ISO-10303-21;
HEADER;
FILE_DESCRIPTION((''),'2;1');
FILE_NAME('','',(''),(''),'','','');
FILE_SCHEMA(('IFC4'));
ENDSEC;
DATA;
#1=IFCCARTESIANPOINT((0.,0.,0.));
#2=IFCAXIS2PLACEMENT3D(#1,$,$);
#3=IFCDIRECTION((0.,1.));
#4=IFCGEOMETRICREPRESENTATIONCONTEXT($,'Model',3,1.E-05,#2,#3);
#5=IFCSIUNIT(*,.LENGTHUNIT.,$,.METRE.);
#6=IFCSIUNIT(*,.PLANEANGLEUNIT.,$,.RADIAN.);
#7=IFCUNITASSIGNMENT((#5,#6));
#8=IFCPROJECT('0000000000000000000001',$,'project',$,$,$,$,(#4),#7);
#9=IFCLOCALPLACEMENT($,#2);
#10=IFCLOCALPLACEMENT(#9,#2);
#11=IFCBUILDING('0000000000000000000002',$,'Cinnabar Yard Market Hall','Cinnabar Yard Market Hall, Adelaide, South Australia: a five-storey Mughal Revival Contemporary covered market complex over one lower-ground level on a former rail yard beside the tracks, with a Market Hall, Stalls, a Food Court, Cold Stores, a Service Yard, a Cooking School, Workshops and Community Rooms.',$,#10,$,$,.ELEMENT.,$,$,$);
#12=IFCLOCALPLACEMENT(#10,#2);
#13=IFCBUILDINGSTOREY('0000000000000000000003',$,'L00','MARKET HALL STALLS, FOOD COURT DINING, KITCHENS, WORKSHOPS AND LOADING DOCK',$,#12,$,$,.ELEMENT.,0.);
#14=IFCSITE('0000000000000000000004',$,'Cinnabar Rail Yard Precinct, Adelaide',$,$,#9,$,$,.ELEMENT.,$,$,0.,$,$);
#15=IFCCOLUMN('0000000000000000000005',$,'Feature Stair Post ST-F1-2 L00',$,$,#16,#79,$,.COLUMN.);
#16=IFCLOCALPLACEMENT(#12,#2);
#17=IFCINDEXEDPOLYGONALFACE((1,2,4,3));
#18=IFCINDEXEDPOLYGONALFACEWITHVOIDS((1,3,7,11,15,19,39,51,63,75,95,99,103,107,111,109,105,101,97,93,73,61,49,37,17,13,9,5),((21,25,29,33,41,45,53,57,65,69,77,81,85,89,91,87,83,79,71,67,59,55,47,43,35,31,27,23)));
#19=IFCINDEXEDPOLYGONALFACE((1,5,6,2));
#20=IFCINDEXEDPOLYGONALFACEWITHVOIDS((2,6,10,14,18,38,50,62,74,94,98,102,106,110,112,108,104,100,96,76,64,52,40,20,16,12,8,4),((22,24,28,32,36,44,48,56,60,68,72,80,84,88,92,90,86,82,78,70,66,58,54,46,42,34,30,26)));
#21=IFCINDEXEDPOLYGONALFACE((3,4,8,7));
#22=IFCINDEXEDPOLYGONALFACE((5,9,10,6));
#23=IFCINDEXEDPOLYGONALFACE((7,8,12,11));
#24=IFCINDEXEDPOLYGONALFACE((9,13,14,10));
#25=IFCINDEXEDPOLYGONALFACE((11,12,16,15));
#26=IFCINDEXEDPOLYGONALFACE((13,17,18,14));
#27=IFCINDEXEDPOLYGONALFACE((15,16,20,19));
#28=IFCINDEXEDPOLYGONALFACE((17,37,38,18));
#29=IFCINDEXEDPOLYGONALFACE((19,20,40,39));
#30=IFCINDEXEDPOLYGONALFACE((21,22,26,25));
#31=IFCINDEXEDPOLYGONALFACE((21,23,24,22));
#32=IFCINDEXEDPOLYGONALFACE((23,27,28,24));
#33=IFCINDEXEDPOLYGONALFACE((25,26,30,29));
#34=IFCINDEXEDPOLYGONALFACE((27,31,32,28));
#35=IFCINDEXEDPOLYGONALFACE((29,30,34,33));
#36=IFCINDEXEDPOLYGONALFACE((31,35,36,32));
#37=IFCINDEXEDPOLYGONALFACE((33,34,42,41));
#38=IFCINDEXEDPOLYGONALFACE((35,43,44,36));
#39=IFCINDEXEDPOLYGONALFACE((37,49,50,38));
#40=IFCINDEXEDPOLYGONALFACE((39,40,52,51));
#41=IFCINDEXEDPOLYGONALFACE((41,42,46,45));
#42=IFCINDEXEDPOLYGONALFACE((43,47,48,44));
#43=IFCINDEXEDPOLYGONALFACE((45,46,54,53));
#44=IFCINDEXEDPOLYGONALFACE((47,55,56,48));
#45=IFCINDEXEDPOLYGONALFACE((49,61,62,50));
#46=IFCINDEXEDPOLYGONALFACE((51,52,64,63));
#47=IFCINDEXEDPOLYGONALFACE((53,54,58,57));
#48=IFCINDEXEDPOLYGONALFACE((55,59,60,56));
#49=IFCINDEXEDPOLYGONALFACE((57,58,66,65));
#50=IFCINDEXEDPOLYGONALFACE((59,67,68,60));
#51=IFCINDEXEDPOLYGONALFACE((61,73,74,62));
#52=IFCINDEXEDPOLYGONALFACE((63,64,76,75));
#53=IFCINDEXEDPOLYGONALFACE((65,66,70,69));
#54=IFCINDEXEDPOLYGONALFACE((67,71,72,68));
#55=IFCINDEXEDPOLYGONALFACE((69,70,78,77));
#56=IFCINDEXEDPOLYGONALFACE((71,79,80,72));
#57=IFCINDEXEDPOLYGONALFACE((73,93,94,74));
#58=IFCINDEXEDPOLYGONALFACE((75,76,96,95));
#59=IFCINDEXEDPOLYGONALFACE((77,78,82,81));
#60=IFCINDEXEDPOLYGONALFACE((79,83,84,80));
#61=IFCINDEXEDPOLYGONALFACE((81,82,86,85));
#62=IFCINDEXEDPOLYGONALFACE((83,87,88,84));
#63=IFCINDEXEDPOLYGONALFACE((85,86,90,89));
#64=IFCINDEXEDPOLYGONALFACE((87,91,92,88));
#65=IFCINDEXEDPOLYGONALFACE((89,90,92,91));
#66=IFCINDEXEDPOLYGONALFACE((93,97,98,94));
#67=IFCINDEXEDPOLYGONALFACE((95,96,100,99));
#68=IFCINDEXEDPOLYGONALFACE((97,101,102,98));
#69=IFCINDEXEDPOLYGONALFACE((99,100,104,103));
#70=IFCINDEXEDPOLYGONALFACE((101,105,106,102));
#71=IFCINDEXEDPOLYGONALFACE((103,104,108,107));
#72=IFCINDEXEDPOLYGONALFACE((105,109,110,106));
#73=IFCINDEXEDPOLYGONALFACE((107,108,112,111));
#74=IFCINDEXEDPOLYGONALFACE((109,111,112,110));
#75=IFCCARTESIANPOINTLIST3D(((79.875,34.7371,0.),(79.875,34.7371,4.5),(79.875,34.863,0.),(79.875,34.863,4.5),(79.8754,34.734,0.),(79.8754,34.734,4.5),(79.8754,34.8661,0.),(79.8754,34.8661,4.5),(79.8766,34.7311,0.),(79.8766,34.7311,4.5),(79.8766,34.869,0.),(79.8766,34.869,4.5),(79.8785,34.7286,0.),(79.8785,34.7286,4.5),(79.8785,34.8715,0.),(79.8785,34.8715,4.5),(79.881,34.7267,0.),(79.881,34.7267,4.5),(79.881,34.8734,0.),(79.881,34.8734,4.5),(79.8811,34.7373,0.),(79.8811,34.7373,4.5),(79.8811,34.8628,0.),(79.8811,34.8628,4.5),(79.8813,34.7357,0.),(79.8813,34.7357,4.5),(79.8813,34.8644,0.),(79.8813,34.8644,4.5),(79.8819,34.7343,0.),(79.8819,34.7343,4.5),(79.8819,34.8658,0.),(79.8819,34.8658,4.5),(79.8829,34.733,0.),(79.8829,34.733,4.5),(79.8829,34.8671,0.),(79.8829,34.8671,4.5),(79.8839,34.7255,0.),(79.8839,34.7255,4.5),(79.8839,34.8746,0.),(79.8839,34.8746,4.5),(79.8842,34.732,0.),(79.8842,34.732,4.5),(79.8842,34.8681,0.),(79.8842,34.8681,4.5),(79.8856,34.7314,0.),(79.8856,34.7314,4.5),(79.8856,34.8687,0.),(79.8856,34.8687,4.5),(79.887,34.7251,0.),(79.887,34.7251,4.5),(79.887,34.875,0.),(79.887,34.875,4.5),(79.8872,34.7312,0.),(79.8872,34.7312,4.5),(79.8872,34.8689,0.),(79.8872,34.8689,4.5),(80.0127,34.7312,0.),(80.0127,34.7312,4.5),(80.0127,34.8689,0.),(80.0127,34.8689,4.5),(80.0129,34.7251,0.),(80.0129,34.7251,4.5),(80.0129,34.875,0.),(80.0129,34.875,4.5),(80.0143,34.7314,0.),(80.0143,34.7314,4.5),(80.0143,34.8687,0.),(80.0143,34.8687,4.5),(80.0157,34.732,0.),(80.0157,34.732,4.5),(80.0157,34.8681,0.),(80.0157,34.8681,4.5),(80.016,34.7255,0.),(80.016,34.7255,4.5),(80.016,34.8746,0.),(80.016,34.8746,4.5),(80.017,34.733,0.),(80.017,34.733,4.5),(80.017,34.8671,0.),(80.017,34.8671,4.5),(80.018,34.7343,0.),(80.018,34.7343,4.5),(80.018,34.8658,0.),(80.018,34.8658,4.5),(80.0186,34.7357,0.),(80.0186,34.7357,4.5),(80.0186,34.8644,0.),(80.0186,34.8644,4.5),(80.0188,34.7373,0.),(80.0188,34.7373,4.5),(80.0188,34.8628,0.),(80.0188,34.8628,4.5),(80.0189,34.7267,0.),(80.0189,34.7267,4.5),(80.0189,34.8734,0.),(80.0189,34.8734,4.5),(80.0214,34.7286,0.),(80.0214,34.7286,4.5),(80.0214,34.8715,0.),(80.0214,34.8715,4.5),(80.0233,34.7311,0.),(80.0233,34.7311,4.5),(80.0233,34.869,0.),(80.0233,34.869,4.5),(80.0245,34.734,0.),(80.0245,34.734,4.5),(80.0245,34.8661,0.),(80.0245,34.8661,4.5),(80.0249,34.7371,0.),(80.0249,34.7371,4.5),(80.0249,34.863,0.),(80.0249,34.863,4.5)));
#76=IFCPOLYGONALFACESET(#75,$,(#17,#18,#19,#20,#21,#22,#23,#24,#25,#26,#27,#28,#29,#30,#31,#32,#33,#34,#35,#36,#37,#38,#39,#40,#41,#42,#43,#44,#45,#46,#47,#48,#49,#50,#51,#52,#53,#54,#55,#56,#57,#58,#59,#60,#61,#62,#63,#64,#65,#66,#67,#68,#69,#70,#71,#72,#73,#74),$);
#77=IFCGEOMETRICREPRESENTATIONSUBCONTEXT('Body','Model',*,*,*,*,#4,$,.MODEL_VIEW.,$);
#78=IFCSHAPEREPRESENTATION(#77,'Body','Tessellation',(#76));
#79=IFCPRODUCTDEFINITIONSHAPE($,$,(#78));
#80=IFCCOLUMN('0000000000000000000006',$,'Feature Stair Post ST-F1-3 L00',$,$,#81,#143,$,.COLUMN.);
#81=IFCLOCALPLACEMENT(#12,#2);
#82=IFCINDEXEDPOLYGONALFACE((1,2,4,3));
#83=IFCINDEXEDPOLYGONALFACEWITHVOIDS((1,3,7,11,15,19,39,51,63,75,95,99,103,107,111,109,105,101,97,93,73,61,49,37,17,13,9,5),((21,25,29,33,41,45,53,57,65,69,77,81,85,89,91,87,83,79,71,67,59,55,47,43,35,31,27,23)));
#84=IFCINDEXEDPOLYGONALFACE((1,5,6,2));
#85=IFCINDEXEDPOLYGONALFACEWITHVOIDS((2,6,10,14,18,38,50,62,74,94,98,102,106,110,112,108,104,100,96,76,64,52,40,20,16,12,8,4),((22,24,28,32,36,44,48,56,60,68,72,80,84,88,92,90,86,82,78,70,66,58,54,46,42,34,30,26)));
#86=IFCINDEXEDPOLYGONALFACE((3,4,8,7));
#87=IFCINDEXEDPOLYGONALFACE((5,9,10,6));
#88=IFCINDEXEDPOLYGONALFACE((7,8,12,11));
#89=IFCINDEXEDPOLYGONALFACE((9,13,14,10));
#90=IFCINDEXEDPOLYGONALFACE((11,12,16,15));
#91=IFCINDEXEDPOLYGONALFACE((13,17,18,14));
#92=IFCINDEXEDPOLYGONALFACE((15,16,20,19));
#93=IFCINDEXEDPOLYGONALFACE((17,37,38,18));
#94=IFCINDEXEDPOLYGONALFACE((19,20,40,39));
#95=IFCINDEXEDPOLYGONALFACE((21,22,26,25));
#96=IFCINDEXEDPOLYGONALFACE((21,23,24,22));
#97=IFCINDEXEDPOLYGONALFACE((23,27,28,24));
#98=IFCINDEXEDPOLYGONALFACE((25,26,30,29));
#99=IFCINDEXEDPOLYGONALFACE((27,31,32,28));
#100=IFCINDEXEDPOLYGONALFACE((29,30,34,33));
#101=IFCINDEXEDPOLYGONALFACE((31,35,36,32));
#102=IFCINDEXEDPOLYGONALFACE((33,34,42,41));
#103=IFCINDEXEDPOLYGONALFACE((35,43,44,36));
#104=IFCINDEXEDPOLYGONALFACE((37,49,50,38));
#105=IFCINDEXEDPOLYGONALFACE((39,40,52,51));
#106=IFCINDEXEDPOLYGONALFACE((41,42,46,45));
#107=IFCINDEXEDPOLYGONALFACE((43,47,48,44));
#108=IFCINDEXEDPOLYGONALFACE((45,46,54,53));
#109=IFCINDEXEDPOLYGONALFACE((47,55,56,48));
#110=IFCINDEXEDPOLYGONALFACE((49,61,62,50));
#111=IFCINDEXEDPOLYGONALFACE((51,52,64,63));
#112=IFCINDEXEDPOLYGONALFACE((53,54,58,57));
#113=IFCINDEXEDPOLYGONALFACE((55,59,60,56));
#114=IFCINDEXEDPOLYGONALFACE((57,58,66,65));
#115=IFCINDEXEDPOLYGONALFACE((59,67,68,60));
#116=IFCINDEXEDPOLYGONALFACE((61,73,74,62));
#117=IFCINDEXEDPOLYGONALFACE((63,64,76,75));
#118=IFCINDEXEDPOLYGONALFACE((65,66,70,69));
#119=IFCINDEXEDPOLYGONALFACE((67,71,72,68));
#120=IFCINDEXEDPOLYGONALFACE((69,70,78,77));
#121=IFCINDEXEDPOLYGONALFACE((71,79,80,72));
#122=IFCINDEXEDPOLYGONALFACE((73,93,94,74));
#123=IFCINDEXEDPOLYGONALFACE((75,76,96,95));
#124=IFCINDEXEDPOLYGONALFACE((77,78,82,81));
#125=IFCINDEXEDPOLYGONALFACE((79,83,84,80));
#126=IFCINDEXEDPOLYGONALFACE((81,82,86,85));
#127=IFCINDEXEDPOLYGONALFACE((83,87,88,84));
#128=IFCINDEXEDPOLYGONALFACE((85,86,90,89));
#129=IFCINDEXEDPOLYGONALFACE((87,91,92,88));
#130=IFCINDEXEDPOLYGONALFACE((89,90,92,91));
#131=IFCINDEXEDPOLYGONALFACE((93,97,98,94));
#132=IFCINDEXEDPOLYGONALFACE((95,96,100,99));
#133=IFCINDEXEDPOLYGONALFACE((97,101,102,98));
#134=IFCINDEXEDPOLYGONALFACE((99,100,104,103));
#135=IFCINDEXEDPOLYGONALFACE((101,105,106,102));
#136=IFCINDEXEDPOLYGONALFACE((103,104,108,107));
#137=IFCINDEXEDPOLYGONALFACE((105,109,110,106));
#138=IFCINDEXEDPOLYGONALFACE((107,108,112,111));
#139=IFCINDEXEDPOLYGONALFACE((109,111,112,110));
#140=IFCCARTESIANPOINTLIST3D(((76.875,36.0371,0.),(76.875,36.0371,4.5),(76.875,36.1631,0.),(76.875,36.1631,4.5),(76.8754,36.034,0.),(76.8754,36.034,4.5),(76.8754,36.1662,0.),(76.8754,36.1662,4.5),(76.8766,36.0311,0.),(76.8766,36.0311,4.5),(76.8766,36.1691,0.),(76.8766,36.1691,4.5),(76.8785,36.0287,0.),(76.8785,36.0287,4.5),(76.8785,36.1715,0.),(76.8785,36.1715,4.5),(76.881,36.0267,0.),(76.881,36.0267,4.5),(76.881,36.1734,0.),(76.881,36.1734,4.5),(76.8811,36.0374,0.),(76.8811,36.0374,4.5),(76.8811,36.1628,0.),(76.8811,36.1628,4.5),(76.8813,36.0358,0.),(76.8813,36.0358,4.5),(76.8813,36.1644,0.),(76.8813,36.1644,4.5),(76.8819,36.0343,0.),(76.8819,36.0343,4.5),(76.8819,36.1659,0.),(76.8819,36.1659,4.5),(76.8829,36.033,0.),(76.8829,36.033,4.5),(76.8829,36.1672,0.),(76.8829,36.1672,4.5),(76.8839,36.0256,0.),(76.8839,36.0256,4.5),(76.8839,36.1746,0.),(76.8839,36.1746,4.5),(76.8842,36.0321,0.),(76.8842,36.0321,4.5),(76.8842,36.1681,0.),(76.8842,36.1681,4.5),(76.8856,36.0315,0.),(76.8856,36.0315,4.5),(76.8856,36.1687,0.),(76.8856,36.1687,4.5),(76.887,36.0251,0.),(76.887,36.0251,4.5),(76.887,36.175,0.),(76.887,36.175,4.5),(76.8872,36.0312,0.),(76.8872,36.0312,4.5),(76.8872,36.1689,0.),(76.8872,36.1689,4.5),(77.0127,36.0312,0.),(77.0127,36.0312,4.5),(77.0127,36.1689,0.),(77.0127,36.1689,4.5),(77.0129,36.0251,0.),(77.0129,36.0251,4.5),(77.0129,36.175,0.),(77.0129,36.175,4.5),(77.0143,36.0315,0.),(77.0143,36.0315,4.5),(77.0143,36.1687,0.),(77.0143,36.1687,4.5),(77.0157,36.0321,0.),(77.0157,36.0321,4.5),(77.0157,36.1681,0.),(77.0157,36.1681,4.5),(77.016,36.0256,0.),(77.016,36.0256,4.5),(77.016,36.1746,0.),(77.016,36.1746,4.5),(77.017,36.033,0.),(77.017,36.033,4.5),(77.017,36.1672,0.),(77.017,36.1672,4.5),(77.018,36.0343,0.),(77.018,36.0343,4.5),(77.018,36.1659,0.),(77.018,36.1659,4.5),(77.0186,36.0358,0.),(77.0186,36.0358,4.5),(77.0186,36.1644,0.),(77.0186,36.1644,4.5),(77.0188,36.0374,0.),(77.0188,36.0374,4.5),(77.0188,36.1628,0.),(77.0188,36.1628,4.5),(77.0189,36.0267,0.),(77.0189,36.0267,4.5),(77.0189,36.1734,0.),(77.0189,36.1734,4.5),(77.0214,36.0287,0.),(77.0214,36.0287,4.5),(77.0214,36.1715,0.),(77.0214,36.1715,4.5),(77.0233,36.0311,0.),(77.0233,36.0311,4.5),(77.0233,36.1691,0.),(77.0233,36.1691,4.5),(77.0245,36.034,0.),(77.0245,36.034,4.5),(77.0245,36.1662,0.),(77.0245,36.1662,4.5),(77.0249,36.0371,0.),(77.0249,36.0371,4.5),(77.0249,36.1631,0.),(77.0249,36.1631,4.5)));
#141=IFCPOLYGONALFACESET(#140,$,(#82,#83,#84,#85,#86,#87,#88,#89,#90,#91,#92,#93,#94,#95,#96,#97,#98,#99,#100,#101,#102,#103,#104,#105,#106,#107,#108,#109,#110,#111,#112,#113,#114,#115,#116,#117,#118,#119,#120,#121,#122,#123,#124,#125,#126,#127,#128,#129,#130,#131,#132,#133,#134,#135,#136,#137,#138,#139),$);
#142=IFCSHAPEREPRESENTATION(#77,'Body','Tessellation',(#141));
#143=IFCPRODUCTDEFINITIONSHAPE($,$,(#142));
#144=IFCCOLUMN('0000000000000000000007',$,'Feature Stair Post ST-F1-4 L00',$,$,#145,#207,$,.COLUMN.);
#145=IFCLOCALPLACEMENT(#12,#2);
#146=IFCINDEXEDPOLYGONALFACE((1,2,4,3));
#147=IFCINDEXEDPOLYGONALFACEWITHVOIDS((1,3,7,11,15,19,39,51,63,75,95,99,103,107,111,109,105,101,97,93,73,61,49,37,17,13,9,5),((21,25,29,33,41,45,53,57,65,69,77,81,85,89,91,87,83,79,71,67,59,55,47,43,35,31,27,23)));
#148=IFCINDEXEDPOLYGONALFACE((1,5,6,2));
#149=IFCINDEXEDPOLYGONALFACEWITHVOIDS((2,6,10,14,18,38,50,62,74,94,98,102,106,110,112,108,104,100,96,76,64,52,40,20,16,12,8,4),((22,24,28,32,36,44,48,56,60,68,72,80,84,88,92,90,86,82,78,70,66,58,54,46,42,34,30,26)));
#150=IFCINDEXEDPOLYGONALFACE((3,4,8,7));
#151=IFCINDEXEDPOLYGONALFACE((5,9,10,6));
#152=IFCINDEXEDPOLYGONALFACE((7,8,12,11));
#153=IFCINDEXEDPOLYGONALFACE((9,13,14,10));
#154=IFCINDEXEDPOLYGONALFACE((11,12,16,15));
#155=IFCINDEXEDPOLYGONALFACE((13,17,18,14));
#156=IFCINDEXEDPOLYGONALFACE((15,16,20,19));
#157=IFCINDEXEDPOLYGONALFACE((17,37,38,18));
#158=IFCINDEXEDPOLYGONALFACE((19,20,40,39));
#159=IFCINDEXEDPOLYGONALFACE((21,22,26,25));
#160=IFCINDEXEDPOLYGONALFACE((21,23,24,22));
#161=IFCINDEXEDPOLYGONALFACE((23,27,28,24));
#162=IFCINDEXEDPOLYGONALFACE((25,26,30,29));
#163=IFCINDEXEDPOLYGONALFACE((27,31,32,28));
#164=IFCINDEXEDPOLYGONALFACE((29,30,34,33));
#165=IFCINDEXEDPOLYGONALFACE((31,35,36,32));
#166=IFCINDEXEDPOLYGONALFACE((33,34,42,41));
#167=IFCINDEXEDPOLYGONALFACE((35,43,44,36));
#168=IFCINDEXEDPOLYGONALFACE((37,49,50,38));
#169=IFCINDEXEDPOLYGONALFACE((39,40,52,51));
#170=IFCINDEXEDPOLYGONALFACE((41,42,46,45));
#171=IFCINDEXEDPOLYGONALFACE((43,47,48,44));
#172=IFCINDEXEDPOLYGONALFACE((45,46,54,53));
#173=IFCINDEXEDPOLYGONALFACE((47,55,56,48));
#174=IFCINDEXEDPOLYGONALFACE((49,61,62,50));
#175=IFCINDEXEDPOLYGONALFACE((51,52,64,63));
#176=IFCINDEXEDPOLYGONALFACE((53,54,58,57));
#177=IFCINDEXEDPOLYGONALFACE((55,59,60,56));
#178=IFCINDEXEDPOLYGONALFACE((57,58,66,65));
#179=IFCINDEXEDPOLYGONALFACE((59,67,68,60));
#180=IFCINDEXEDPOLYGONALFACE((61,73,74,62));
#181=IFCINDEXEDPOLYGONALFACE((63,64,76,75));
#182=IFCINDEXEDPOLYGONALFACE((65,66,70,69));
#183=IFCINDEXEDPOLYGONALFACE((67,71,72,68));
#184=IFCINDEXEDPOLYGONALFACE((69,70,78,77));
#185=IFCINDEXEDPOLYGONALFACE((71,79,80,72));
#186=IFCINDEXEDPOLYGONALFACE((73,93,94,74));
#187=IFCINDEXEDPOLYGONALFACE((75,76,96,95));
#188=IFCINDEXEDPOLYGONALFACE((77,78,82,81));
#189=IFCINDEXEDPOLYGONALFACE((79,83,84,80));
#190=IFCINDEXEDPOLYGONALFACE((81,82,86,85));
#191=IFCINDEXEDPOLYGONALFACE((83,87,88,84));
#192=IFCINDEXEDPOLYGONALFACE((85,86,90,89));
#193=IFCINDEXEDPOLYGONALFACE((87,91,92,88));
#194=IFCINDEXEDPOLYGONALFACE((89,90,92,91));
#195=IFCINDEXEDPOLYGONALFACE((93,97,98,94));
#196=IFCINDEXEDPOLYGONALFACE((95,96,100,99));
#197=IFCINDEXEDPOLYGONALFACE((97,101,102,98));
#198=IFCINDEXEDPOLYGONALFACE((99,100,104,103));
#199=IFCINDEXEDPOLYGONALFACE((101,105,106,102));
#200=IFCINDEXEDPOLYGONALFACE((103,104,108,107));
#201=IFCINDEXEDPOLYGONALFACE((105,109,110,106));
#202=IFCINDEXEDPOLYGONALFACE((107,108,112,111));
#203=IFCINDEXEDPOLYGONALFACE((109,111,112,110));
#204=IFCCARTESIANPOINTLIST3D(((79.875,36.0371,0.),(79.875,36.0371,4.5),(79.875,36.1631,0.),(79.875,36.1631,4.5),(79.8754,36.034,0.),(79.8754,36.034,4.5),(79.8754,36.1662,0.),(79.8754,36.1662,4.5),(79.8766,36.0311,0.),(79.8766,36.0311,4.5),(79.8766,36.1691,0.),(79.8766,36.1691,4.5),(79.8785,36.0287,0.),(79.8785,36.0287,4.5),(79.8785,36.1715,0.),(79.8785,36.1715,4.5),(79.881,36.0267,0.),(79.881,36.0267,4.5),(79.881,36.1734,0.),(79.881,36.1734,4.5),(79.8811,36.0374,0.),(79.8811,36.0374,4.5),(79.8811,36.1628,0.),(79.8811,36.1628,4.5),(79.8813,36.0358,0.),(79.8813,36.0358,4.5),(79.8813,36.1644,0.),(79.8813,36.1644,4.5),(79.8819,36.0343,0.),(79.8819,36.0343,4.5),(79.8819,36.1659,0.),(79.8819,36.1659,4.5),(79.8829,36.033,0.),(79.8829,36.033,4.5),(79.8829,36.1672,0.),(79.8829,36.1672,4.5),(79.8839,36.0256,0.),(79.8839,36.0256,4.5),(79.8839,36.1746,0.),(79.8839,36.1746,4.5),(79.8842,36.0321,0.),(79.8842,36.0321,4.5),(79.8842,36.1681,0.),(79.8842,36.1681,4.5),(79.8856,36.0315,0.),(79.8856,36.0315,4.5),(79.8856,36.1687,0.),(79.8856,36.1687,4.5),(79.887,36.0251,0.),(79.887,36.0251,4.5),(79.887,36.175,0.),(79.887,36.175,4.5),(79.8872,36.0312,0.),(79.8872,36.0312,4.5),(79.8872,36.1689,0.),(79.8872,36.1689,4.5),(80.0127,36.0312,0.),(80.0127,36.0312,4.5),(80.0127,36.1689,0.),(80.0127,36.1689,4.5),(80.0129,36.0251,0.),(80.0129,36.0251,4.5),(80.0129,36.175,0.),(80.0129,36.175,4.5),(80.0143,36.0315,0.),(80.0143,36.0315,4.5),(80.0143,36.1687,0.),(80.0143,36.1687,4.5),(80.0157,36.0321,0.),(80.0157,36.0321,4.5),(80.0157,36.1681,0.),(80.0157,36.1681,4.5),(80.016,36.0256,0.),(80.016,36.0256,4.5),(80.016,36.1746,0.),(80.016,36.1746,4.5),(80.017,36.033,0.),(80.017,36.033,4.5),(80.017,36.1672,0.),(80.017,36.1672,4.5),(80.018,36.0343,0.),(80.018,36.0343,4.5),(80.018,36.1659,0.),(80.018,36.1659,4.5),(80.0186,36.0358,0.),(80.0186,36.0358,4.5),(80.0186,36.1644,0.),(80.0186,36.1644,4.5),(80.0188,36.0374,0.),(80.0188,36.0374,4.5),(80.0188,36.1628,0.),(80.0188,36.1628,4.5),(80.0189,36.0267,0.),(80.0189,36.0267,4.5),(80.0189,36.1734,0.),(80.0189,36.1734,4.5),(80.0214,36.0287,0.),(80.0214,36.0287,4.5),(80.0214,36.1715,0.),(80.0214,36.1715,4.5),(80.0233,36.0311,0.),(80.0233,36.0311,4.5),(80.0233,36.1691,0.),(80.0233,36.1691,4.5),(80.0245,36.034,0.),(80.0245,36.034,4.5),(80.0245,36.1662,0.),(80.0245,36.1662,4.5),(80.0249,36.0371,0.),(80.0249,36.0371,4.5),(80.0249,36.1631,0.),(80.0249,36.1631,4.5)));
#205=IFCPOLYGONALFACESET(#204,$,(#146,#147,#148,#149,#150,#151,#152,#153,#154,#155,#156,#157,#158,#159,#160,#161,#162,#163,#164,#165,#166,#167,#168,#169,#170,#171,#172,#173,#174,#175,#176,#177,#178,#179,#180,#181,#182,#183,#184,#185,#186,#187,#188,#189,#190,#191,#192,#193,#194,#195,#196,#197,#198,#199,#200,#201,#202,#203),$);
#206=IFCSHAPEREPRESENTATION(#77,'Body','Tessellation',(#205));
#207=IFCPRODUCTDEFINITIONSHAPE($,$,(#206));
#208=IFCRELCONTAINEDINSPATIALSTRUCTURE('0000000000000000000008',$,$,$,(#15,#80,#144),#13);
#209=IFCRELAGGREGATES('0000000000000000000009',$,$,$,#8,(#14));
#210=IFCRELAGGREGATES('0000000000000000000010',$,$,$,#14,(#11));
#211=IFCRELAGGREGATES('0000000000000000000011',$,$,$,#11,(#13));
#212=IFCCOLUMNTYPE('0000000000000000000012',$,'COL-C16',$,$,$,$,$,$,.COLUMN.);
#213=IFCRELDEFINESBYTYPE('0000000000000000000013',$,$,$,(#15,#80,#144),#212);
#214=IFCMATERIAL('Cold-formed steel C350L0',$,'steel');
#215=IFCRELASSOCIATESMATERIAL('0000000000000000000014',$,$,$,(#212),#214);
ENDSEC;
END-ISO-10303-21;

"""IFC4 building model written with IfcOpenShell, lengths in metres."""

from ifc_helpers import new_model, si_unit, direction, frame, origin, origin_2d_with_axis, place, context, subcontext, project, spatial, hollow_rectangle, extrude, material, material_profile, profile_set, type_object, element, save


model = new_model("IFC4")

# Units and contexts
model_context = context("Model", 3, precision=1e-05, world=origin(), true_north=direction((0.0, 1.0)))
body_context = subcontext(model_context, "Body", "Model", "MODEL_VIEW")
ifc_project = project(units=[si_unit("LENGTHUNIT", "METRE"), si_unit("PLANEANGLEUNIT", "RADIAN")], contexts=[model_context])

# Site, building, storey
site_placement = place(None, origin())
site = spatial("IfcSite", under=ifc_project, at=site_placement, Name="Cinnabar Rail Yard Precinct, Adelaide", CompositionType="ELEMENT", RefElevation=0.0)
building_placement = place(site_placement, origin())
building = spatial("IfcBuilding", under=site, at=building_placement, Name="Cinnabar Yard Market Hall", Description="Cinnabar Yard Market Hall, Adelaide, South Australia: a five-storey Mughal Revival Contemporary covered market complex over one lower-ground level on a former rail yard beside the tracks, with a Market Hall, Stalls, a Food Court, Cold Stores, a Service Yard, a Cooking School, Workshops and Community Rooms.", CompositionType="ELEMENT")
storey_placement = place(building_placement, origin())
storey = spatial("IfcBuildingStorey", under=building, at=storey_placement, Name="L00", Description="MARKET HALL STALLS, FOOD COURT DINING, KITCHENS, WORKSHOPS AND LOADING DOCK", CompositionType="ELEMENT", Elevation=0.0)

# Columns
ifc_material_1 = material(Name="Cold-formed steel C350L0", Category="steel")
ifc_material_profile_1 = material_profile(ifc_material_1, hollow_rectangle(XDim=0.1499, YDim=0.1499, WallThickness=0.0061, InnerFilletRadius=0.0061, OuterFilletRadius=0.012, at=origin_2d_with_axis()), Name="150x150x6.0SHS")
ifc_profile_set_1 = profile_set([ifc_material_profile_1], Name="Cold-formed steel C350L0")
column_type_1 = type_object("IfcColumnType", Name="COL-C16", PredefinedType="COLUMN", material=ifc_profile_set_1)
for number, where, z_axis, x_axis, name in (
    (1, (79.95, 34.8, 0.0), (0.0, 0.0, 1.0), (1.0, 0.0, 0.0), "Feature Stair Post ST-F1-2 L00"),
    (2, (76.95, 36.1001, 0.0), (0.0, 0.0, 1.0), (1.0, 0.0, 0.0), "Feature Stair Post ST-F1-3 L00"),
    (3, (79.95, 36.1001, 0.0), (0.0, 0.0, 1.0), (1.0, 0.0, 0.0), "Feature Stair Post ST-F1-4 L00"),
):
    element("IfcColumn", number, at=place(storey_placement, frame(where, z_axis=z_axis, x_axis=x_axis)), inside=storey, type_object=column_type_1, Name=name, PredefinedType="COLUMN", context=body_context, shape_type="SweptSolid", body=[
        extrude(hollow_rectangle(XDim=0.1499, YDim=0.1499, WallThickness=0.0061, InnerFilletRadius=0.0061, OuterFilletRadius=0.012, at=origin_2d_with_axis()), origin(), (0.0, 0.0, 1.0), 4.5),
    ])

save(model, "model.ifc")
